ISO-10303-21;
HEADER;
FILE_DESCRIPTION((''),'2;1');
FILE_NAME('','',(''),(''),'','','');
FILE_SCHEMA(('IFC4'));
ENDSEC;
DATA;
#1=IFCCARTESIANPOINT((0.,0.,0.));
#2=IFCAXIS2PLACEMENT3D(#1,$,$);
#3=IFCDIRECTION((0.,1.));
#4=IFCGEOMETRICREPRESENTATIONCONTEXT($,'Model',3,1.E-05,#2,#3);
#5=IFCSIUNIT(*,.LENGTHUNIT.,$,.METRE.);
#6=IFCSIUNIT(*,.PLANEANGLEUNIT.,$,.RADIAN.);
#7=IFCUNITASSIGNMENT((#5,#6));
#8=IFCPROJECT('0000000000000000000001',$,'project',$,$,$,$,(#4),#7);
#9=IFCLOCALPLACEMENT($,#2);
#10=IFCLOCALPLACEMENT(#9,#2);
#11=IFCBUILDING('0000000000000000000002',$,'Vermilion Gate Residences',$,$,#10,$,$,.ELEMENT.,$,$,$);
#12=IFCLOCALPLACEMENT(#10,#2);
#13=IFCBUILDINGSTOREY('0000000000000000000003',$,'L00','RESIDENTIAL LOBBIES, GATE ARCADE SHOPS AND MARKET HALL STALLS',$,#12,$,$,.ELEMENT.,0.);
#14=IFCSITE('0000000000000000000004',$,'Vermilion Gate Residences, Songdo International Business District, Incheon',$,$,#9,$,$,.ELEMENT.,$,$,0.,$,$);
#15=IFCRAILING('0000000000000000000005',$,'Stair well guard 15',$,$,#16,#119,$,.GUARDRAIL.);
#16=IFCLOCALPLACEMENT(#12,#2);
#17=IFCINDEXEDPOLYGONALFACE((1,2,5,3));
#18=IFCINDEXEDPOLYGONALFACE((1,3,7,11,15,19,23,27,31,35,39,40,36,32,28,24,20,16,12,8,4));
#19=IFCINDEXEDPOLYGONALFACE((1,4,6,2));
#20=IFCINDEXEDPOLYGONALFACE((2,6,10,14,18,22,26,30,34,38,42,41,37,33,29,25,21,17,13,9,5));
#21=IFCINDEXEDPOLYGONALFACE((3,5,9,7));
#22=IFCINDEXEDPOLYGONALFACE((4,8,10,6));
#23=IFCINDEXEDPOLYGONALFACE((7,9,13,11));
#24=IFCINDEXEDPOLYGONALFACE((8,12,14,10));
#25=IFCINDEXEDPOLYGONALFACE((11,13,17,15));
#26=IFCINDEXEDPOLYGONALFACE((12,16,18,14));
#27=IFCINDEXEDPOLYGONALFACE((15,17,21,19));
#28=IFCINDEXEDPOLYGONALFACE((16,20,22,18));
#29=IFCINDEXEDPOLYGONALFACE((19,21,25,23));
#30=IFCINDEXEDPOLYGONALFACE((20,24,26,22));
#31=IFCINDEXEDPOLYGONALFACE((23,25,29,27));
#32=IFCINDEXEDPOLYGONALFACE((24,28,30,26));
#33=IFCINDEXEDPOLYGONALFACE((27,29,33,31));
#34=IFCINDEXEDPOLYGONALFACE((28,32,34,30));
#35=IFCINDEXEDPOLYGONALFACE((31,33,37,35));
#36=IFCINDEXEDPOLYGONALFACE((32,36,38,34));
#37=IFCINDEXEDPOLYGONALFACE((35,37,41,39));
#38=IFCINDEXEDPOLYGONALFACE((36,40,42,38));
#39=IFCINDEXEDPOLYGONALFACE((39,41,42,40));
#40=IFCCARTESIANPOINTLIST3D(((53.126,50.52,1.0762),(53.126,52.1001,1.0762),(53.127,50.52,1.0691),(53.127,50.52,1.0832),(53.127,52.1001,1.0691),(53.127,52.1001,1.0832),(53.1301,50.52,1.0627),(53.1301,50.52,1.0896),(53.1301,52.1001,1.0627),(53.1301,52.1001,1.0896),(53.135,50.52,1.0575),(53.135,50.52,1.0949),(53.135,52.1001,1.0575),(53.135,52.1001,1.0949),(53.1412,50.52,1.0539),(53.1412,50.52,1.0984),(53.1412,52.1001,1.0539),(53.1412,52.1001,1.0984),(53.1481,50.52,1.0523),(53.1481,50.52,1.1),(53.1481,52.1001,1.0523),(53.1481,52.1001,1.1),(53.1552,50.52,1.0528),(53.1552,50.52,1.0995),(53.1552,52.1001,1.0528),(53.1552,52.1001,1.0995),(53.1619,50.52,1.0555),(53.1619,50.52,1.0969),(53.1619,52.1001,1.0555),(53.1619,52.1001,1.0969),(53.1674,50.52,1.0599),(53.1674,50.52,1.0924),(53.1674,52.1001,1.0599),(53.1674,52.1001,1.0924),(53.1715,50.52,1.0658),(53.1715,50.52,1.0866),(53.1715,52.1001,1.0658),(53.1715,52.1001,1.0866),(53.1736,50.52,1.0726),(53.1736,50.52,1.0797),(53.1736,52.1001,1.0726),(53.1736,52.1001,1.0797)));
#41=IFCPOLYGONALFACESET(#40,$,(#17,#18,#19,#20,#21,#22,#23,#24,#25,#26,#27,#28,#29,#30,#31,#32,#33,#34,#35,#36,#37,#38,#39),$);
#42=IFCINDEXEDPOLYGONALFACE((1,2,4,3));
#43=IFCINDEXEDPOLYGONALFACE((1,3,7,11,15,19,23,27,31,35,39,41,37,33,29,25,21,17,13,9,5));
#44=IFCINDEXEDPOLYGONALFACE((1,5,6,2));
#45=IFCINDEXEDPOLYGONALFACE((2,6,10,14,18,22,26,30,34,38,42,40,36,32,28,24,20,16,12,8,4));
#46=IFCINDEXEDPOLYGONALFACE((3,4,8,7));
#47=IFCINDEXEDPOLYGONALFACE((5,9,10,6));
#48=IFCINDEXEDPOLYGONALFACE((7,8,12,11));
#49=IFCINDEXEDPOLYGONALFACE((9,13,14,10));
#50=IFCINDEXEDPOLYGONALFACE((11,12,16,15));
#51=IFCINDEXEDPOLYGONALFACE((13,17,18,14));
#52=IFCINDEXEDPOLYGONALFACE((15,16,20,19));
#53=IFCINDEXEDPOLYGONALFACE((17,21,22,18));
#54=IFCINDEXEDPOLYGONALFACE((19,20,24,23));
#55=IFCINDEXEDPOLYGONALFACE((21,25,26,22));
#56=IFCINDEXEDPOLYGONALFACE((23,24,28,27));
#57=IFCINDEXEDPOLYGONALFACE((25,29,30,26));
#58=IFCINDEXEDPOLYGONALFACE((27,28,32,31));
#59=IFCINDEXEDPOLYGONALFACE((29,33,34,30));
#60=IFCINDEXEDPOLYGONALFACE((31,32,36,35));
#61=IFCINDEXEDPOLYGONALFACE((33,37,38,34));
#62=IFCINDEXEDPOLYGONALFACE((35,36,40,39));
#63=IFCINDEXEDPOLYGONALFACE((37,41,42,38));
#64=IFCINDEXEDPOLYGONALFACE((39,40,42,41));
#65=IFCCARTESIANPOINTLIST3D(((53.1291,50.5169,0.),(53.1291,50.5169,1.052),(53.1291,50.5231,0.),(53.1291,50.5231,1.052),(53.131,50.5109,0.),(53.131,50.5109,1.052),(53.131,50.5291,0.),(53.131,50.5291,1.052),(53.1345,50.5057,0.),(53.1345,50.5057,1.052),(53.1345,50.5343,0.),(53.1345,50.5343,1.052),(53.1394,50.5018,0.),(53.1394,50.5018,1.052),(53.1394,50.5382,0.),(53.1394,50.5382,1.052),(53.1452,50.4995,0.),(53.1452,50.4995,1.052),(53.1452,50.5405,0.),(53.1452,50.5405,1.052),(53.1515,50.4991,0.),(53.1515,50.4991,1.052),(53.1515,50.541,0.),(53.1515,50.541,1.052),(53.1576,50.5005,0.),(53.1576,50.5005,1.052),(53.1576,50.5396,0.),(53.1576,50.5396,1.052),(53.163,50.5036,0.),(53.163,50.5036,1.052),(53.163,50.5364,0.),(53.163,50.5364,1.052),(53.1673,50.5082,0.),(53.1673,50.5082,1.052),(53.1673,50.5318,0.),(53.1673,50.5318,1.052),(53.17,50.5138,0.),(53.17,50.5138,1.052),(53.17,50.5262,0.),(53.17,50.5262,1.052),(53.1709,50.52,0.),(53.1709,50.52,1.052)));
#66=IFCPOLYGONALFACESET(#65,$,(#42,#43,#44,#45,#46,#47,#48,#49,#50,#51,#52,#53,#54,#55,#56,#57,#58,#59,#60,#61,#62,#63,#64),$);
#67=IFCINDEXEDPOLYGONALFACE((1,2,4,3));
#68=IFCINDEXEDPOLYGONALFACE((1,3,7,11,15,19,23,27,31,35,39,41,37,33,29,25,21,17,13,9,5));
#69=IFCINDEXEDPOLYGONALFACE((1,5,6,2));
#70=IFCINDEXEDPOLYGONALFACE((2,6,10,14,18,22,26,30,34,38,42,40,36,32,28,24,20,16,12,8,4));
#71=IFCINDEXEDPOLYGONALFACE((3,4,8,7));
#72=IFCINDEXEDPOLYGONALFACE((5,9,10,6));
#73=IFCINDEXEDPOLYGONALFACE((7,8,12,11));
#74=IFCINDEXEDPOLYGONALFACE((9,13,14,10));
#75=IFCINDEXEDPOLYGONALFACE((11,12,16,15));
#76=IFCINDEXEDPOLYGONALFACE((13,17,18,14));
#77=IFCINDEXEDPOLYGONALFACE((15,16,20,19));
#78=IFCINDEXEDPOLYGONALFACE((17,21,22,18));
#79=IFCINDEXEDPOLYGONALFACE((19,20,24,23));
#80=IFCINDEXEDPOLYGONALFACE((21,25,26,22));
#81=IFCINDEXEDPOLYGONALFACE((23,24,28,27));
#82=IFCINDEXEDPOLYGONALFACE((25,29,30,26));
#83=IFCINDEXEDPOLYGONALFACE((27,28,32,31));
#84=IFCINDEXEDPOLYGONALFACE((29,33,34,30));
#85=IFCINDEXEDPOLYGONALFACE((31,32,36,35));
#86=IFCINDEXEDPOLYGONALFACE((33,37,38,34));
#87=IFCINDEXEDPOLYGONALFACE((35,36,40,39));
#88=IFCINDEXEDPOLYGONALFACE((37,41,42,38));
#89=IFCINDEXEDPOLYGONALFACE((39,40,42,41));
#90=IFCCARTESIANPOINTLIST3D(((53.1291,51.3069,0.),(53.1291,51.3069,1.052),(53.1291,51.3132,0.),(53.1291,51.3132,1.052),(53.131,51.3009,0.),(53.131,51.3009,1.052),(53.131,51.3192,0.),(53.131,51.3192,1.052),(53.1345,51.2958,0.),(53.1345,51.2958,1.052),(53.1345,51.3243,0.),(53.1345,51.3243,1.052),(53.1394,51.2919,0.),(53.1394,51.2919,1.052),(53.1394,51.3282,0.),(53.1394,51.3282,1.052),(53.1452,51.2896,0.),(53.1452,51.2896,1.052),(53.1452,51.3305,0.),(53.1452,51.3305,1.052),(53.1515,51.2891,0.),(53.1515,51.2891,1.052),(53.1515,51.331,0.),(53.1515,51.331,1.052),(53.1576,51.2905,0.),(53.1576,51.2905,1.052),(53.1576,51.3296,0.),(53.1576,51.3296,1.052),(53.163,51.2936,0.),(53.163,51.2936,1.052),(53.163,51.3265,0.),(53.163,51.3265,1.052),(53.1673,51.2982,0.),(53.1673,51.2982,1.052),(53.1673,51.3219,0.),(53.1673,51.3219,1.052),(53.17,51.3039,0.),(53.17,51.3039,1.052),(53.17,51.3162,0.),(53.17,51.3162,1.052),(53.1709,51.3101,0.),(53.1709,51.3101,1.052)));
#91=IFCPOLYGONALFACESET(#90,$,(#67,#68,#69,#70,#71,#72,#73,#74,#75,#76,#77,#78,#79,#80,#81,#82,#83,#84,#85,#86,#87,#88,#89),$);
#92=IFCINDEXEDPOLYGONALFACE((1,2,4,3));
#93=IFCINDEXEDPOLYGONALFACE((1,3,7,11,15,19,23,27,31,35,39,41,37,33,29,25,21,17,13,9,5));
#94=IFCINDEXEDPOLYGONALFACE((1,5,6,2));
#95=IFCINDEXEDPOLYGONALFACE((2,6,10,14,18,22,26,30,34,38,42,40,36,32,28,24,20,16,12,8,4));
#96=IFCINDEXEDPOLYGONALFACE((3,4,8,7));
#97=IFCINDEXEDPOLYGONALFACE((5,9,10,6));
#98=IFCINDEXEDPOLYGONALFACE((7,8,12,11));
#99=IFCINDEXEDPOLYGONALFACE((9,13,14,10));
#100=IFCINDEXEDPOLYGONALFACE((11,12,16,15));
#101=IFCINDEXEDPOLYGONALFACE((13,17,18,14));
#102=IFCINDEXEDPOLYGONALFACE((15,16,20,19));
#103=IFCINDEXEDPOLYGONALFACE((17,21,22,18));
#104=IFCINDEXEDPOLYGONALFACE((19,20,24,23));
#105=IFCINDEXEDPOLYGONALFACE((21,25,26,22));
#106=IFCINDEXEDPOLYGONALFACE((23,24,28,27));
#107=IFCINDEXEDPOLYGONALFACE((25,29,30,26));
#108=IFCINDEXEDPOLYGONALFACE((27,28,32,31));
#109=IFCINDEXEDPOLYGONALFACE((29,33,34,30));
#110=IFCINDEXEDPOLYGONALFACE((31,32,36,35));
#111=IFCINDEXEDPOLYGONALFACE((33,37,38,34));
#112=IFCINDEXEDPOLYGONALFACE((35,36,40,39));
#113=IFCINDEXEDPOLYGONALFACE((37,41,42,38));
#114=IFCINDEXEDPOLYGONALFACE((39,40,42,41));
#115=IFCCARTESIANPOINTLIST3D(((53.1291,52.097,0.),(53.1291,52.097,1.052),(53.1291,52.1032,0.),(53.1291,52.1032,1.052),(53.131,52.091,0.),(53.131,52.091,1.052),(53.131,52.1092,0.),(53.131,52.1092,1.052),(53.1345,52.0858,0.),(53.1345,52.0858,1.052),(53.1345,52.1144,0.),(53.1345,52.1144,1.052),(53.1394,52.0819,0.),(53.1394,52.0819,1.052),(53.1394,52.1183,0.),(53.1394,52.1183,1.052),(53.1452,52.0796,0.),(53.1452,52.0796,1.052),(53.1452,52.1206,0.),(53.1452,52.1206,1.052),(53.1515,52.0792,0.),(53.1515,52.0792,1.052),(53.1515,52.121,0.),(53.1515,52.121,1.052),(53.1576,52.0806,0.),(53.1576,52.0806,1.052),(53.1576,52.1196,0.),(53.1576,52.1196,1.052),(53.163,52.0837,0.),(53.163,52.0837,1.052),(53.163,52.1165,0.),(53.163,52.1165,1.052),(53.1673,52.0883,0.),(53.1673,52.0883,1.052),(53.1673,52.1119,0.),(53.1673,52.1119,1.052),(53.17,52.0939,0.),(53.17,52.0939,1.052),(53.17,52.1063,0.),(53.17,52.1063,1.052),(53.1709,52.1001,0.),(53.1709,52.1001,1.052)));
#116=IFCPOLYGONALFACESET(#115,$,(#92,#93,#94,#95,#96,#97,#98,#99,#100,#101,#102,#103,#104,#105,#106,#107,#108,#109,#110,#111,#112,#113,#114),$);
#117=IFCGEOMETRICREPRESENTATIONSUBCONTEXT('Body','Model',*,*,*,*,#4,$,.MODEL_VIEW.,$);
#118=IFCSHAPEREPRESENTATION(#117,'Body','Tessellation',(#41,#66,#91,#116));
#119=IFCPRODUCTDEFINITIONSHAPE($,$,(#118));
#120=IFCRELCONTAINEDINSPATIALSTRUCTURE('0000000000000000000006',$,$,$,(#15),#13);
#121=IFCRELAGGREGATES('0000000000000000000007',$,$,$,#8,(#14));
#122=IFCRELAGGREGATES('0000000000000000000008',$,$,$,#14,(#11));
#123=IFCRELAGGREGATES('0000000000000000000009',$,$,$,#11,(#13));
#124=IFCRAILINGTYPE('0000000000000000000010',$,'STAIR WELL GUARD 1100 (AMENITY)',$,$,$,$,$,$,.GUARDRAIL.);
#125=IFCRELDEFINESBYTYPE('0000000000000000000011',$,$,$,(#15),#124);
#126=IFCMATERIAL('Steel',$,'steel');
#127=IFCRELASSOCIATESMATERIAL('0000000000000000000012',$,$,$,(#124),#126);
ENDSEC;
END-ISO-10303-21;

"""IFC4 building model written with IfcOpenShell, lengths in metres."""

from ifc_helpers import new_model, si_unit, direction, frame, origin, origin_2d, place, context, subcontext, project, spatial, circle, extrude, material, type_object, element, save


model = new_model("IFC4")

# Units and contexts
model_context = context("Model", 3, precision=1e-05, world=origin(), true_north=direction((0.0, 1.0)))
body_context = subcontext(model_context, "Body", "Model", "MODEL_VIEW")
ifc_project = project(units=[si_unit("LENGTHUNIT", "METRE"), si_unit("PLANEANGLEUNIT", "RADIAN")], contexts=[model_context])

# Site, building, storey
site_placement = place(None, origin())
site = spatial("IfcSite", under=ifc_project, at=site_placement, Name="Vermilion Gate Residences, Songdo International Business District, Incheon", CompositionType="ELEMENT", RefElevation=0.0)
building_placement = place(site_placement, origin())
building = spatial("IfcBuilding", under=site, at=building_placement, Name="Vermilion Gate Residences", CompositionType="ELEMENT")
storey_placement = place(building_placement, origin())
storey = spatial("IfcBuildingStorey", under=building, at=storey_placement, Name="L00", Description="RESIDENTIAL LOBBIES, GATE ARCADE SHOPS AND MARKET HALL STALLS", CompositionType="ELEMENT", Elevation=0.0)

# Railing
ifc_material_1 = material(Name="Steel", Category="steel")
railing_type_1 = type_object("IfcRailingType", Name="STAIR WELL GUARD 1100 (AMENITY)", PredefinedType="GUARDRAIL", material=ifc_material_1)
railing_1_placement = place(storey_placement, frame((53.1499, 50.52, 0.0)))
element("IfcRailing", 1, at=railing_1_placement, inside=storey, type_object=railing_type_1, Name="Stair well guard 15", PredefinedType="GUARDRAIL", context=body_context, shape_type="SweptSolid", body=[
    extrude(circle(Radius=0.0239, at=origin_2d()), frame((0.0, 0.0, 1.0762), z_axis=(0.0, 1.0, 0.0), x_axis=(-1.0, 0.0, 0.0)), (0.0, 0.0, 1.0), 1.5801),
    extrude(circle(Radius=0.021, at=origin_2d()), origin(), (0.0, 0.0, 1.0), 1.052),
    extrude(circle(Radius=0.021, at=origin_2d()), frame((0.0, 0.79, 0.0)), (0.0, 0.0, 1.0), 1.052),
    extrude(circle(Radius=0.021, at=origin_2d()), frame((0.0, 1.5801, 0.0)), (0.0, 0.0, 1.0), 1.052),
])

save(model, "model.ifc")
